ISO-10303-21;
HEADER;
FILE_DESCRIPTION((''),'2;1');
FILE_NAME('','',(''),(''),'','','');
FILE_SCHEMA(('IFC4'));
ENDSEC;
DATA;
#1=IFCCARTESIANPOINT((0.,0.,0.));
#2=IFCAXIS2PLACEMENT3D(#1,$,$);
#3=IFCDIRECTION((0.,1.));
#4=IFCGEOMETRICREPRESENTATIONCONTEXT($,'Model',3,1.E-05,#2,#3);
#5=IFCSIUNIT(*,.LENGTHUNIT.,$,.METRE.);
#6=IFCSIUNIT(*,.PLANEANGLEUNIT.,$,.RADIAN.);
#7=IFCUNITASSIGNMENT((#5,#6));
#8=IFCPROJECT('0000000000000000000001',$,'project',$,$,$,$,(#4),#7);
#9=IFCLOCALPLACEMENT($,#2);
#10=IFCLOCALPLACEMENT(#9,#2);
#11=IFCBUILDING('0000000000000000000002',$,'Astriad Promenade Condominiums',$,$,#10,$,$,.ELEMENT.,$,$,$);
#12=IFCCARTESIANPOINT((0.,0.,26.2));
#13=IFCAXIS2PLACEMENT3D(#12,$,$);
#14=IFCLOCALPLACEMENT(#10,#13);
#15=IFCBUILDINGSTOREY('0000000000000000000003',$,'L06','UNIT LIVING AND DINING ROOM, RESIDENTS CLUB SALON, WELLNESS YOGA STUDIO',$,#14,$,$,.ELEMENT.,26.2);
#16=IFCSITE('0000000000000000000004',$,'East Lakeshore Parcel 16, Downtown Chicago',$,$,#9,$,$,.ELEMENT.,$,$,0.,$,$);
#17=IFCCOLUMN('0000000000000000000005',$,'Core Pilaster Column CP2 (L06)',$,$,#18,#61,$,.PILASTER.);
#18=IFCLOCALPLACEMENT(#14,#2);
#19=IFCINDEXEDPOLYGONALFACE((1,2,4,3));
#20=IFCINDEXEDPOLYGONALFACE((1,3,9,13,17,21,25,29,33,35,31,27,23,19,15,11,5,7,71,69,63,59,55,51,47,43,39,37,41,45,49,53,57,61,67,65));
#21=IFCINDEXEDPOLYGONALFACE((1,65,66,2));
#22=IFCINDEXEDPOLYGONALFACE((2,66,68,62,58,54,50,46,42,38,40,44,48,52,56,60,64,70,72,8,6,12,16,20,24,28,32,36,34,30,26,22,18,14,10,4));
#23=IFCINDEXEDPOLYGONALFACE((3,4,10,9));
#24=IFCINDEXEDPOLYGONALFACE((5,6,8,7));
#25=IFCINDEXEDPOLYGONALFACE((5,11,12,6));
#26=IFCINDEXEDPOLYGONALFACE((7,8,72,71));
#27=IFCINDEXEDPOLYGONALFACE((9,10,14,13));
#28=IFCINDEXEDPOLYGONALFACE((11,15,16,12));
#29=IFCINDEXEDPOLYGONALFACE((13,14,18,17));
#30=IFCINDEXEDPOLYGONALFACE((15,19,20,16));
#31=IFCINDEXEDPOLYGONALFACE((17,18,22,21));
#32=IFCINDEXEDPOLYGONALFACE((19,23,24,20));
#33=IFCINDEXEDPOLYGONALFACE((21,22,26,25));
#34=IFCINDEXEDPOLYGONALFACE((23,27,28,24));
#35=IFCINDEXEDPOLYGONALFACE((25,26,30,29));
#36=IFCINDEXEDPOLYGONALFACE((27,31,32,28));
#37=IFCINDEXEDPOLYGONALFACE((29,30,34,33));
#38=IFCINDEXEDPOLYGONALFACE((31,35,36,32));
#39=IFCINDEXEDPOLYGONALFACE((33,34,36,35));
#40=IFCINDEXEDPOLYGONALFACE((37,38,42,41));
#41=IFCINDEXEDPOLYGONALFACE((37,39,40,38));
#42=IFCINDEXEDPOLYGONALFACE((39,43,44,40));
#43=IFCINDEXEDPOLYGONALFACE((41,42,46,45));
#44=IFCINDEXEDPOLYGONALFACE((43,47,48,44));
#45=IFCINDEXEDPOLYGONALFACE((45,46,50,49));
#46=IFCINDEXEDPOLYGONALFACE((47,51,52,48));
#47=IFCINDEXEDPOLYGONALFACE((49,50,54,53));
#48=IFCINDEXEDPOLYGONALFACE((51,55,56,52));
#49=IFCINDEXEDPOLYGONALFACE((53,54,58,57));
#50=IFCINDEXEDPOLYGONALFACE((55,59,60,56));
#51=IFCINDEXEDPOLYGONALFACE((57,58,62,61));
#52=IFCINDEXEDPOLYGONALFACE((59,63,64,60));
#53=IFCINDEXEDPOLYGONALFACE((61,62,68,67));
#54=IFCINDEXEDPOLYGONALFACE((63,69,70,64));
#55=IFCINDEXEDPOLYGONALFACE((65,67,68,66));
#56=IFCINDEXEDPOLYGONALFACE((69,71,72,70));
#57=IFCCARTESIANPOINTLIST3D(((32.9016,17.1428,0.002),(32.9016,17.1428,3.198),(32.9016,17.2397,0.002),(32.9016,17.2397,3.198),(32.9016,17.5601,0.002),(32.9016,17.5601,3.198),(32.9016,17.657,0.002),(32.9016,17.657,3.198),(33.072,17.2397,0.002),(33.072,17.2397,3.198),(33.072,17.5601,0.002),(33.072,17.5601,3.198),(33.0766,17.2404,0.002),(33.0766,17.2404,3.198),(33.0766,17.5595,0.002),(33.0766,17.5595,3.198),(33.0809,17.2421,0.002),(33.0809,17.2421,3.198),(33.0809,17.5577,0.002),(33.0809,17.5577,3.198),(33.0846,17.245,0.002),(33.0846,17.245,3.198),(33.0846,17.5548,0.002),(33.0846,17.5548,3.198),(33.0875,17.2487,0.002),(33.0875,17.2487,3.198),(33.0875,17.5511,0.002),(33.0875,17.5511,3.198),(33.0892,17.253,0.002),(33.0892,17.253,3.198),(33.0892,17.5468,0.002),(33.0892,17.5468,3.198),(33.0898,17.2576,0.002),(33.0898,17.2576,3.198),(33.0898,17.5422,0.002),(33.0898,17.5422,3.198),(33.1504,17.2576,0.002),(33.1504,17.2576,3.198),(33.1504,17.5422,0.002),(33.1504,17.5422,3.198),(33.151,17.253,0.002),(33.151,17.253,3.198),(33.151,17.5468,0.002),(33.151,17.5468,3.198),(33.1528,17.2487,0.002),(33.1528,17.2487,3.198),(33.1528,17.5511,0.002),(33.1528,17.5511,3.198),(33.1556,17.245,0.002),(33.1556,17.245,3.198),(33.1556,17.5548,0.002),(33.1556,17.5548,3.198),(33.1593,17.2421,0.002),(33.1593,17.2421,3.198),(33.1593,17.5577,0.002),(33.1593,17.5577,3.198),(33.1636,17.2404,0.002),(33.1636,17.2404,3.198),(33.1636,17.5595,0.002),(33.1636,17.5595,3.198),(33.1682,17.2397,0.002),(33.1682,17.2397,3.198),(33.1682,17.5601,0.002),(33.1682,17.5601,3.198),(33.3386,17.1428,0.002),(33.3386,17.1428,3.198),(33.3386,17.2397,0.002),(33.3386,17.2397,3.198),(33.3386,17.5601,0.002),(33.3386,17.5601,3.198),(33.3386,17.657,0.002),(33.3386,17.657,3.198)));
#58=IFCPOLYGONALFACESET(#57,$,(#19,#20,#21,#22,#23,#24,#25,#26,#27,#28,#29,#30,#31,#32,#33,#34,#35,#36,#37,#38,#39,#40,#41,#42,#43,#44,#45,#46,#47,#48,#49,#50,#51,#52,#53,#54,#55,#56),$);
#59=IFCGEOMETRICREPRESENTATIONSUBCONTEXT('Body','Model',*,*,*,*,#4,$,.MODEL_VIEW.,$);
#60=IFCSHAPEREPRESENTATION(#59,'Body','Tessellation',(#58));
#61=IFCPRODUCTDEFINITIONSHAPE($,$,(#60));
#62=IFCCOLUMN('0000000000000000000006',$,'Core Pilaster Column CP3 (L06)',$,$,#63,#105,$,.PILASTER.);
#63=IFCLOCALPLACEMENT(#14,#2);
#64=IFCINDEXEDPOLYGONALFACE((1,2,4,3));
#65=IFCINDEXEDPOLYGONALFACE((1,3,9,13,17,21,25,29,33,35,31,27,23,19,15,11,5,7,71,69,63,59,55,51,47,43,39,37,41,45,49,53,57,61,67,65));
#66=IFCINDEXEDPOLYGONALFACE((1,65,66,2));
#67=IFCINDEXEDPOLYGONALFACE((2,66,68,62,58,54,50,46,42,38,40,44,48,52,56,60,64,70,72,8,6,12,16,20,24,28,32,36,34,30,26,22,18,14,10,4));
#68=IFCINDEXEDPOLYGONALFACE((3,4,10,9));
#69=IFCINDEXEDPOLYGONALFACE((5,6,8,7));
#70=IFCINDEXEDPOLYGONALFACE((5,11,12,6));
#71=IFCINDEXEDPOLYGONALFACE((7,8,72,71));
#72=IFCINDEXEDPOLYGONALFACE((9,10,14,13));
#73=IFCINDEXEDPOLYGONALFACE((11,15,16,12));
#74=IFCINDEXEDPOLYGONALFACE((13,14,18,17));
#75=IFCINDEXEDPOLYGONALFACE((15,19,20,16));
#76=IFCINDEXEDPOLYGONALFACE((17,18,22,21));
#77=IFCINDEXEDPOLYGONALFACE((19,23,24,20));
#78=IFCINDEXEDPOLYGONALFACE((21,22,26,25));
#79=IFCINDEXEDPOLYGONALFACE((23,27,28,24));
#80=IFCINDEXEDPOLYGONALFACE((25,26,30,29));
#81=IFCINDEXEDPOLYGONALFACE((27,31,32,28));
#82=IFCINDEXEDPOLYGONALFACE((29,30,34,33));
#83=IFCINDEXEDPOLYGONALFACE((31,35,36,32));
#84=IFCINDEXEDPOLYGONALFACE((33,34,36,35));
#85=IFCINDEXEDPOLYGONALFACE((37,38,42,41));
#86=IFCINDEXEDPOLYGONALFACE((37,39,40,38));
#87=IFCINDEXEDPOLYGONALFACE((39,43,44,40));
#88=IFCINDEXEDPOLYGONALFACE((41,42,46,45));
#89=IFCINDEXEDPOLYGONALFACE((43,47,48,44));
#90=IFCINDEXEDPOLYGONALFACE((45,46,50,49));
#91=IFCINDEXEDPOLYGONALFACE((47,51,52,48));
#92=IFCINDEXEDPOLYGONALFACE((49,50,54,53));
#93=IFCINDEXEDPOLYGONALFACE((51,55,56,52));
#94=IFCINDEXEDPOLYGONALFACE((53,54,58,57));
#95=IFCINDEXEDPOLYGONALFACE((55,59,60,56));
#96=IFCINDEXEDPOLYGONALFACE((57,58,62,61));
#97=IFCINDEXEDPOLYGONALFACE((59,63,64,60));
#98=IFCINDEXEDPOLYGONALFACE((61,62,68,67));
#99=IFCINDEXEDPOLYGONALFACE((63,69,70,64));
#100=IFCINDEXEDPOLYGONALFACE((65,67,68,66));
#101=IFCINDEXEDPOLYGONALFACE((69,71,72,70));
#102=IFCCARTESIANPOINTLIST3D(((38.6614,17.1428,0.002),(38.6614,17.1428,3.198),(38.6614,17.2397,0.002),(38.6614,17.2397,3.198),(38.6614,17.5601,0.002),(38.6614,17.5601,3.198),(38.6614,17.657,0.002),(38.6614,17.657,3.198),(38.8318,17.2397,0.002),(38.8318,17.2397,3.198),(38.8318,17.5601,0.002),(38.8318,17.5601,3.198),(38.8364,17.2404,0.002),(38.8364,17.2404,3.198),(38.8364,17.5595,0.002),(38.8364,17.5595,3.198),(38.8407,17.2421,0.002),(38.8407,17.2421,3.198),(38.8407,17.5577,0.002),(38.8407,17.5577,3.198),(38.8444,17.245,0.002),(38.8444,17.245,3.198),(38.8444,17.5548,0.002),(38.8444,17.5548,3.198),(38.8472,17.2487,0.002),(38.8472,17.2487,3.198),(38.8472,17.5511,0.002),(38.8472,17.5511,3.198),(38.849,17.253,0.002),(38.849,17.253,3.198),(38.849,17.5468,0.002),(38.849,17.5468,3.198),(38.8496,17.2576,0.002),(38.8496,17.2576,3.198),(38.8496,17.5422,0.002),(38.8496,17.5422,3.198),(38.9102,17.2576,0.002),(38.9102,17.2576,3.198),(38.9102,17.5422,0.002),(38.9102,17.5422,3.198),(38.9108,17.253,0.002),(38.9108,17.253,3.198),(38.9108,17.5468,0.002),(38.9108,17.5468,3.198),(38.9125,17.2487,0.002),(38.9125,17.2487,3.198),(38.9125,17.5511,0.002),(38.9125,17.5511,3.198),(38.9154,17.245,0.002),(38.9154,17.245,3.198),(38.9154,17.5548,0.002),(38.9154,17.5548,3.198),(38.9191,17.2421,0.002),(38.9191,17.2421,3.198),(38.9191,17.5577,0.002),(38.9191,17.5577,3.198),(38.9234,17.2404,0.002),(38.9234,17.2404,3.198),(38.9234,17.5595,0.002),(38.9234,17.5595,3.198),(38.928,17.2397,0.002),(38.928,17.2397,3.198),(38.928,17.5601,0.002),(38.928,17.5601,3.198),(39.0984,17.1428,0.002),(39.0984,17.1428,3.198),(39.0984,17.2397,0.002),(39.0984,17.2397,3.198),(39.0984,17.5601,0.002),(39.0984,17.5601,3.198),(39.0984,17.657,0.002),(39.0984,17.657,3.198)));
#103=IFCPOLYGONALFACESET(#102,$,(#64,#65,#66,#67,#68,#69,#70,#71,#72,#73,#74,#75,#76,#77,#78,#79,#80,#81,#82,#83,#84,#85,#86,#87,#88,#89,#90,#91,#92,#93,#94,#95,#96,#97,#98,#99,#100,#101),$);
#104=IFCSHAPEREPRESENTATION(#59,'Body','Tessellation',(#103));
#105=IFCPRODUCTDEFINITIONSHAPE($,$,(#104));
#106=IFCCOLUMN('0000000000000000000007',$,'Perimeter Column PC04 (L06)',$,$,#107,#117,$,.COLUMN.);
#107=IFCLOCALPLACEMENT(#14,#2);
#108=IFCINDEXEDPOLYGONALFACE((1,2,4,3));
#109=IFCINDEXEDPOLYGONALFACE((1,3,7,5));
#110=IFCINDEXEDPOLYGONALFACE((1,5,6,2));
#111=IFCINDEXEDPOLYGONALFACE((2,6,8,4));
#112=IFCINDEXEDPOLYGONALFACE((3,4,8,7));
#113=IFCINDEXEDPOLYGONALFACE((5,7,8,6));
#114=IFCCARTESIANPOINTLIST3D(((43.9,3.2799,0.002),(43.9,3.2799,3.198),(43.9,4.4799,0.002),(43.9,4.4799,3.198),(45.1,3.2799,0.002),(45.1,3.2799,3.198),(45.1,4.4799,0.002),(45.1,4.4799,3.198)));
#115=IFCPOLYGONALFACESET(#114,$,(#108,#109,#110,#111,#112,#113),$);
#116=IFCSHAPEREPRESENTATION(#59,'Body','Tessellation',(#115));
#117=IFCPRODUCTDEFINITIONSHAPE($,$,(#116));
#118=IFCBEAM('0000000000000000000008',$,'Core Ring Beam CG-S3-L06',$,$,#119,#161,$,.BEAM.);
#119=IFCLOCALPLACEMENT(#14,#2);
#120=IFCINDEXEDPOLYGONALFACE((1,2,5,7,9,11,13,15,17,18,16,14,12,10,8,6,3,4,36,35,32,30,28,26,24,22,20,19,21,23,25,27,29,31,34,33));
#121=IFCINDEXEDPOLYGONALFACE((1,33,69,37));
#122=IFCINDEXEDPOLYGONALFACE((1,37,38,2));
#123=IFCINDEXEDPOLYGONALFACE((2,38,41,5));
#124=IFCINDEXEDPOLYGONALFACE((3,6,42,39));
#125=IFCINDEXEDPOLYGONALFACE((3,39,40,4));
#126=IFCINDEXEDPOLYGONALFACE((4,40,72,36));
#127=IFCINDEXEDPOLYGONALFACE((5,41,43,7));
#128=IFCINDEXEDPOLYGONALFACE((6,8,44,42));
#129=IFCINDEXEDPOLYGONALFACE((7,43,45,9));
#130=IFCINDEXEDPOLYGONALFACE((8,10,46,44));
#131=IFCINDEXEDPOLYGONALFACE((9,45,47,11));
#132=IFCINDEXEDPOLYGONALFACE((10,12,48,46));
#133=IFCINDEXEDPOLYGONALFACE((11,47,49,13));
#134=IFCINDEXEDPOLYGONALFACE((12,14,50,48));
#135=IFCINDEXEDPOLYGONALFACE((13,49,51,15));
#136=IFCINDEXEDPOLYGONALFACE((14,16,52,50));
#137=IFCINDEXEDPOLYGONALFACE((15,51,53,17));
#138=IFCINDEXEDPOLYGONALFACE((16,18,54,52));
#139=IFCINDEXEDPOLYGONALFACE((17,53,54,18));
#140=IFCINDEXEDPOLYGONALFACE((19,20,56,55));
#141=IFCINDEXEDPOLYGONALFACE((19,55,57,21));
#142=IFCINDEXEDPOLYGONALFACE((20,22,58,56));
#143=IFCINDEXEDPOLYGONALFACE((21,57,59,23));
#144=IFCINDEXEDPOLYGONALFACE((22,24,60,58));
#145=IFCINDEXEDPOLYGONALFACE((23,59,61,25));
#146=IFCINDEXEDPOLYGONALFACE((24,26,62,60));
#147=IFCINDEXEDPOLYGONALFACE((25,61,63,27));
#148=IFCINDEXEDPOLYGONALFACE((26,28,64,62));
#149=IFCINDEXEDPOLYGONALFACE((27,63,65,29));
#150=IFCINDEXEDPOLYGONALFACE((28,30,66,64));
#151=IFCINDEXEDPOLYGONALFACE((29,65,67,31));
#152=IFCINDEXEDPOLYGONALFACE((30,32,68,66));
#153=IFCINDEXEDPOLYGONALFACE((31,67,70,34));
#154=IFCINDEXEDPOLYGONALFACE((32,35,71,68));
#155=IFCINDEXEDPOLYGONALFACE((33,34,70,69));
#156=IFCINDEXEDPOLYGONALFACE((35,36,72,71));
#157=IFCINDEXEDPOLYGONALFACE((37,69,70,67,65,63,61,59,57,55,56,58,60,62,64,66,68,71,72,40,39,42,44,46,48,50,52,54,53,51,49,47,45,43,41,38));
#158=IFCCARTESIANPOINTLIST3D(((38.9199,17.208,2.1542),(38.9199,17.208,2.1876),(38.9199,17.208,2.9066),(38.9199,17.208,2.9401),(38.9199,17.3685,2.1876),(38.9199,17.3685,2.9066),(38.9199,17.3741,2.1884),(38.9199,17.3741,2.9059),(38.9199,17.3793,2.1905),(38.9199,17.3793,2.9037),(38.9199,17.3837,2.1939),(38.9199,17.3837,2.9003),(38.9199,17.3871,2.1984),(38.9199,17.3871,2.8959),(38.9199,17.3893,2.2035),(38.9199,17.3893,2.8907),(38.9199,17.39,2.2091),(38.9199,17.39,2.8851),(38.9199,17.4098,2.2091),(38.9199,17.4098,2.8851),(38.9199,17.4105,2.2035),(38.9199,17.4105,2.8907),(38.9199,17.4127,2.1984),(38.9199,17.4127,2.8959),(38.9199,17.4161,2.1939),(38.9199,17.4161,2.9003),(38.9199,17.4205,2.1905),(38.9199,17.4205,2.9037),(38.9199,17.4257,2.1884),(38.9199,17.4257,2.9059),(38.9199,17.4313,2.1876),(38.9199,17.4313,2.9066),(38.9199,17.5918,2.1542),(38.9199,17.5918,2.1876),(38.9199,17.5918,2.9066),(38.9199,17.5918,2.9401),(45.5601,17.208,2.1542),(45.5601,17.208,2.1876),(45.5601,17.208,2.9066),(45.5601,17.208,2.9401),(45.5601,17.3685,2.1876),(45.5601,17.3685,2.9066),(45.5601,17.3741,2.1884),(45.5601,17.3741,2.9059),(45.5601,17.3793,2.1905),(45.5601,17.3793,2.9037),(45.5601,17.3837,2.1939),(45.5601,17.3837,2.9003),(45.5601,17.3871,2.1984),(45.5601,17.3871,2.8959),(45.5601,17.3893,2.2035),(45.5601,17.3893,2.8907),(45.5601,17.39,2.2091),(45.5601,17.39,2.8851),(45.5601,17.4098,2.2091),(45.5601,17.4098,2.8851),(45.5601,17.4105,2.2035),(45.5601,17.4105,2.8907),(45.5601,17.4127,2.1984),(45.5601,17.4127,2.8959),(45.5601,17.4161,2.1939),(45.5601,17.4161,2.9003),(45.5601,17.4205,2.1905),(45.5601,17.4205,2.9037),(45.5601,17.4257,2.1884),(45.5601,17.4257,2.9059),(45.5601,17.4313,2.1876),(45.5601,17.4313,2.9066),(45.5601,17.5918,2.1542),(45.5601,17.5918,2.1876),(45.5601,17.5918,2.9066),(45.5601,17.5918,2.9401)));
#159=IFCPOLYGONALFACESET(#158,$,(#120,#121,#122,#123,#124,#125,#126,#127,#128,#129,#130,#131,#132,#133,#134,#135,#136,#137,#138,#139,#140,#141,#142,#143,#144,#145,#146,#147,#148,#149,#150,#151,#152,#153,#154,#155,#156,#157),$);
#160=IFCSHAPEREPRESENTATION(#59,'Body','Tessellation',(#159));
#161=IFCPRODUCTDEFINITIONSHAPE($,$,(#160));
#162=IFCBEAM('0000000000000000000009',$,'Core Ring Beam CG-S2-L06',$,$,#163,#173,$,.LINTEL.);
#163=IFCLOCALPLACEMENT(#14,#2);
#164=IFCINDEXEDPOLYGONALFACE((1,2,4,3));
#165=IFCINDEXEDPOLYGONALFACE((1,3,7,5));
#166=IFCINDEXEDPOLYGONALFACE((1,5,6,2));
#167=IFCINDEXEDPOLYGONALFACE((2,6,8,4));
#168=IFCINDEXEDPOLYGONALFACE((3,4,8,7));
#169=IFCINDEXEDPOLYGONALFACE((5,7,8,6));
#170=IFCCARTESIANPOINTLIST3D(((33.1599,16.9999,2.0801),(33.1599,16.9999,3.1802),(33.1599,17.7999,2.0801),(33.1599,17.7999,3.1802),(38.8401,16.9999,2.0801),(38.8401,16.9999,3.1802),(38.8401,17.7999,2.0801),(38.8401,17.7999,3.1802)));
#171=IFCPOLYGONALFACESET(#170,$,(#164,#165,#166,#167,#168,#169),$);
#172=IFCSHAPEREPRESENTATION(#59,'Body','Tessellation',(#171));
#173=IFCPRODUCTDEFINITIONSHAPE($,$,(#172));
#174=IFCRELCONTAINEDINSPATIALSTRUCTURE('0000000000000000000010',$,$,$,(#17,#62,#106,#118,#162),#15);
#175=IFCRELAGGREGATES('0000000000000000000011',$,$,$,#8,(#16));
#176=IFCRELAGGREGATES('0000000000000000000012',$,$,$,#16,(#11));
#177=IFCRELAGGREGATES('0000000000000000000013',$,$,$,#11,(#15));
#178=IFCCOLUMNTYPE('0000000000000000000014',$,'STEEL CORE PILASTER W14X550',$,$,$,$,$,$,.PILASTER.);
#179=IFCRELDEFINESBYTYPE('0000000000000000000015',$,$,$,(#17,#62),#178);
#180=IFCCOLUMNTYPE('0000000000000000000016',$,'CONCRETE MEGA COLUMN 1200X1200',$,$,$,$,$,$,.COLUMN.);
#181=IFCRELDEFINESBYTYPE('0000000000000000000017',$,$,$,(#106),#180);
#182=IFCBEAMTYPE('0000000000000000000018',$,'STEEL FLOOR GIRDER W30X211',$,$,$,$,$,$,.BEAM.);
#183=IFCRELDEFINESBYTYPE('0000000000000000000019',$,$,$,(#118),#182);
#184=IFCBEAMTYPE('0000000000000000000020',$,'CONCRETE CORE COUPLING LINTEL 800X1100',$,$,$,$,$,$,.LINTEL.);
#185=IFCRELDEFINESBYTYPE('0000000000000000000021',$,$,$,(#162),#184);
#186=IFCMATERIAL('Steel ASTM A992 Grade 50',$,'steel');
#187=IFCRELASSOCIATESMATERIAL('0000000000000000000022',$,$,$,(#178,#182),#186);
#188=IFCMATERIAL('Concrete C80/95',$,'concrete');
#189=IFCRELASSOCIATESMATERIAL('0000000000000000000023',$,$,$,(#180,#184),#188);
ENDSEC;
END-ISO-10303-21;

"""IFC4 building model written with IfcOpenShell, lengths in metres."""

from ifc_helpers import new_model, si_unit, direction, frame, origin, origin_2d, place, context, subcontext, project, spatial, rectangle, i_section, extrude, source, transform, mapped, material, material_profile, profile_set, type_object, type_shapes, element, save


model = new_model("IFC4")

# Units and contexts
model_context = context("Model", 3, precision=1e-05, world=origin(), true_north=direction((0.0, 1.0)))
body_context = subcontext(model_context, "Body", "Model", "MODEL_VIEW")
ifc_project = project(units=[si_unit("LENGTHUNIT", "METRE"), si_unit("PLANEANGLEUNIT", "RADIAN")], contexts=[model_context])

# Site, building, storey
site_placement = place(None, origin())
site = spatial("IfcSite", under=ifc_project, at=site_placement, Name="East Lakeshore Parcel 16, Downtown Chicago", CompositionType="ELEMENT", RefElevation=0.0)
building_placement = place(site_placement, origin())
building = spatial("IfcBuilding", under=site, at=building_placement, Name="Astriad Promenade Condominiums", CompositionType="ELEMENT")
storey_placement = place(building_placement, frame((0.0, 0.0, 26.2)))
storey = spatial("IfcBuildingStorey", under=building, at=storey_placement, Name="L06", Description="UNIT LIVING AND DINING ROOM, RESIDENTS CLUB SALON, WELLNESS YOGA STUDIO", CompositionType="ELEMENT", Elevation=26.2)

# Columns
ifc_material_1 = material(Name="Steel ASTM A992 Grade 50", Category="steel")
ifc_material_profile_1 = material_profile(ifc_material_1, i_section(OverallWidth=0.437, OverallDepth=0.5142, WebThickness=0.0605, FlangeThickness=0.0969, FilletRadius=0.0178, at=origin_2d()), Name="W14X550")
ifc_profile_set_1 = profile_set([ifc_material_profile_1], Name="Steel ASTM A992 Grade 50")
column_type_1 = type_object("IfcColumnType", Name="STEEL CORE PILASTER W14X550", PredefinedType="PILASTER", material=ifc_profile_set_1)
shared_shape_1 = source(origin(), body_context, "Body", "SweptSolid", [
    extrude(i_section(OverallWidth=0.437, OverallDepth=0.5142, WebThickness=0.0605, FlangeThickness=0.0969, FilletRadius=0.0178, at=origin_2d()), origin(), (0.0, 0.0, 1.0), 3.196),
])
type_shapes(column_type_1, [shared_shape_1])
for number, where, z_axis, x_axis, name in (
    (1, (33.1201, 17.3999, 0.002), (0.0, 0.0, 1.0), (1.0, 0.0, 0.0), "Core Pilaster Column CP2 (L06)"),
    (2, (38.8799, 17.3999, 0.002), (0.0, 0.0, 1.0), (1.0, 0.0, 0.0), "Core Pilaster Column CP3 (L06)"),
):
    element("IfcColumn", number, at=place(storey_placement, frame(where, z_axis=z_axis, x_axis=x_axis)), inside=storey, type_object=column_type_1, Name=name, PredefinedType="PILASTER", context=body_context, shape_type="MappedRepresentation", body=[
        mapped(shared_shape_1, transform((0.0, 0.0, 0.0), scale=1.0)),
    ])
ifc_material_2 = material(Name="Concrete C80/95", Category="concrete")
ifc_material_profile_2 = material_profile(ifc_material_2, rectangle(XDim=1.2, YDim=1.2, at=origin_2d()), Name="RC-COL-1200X1200")
ifc_profile_set_2 = profile_set([ifc_material_profile_2], Name="Concrete C80/95")
column_type_2 = type_object("IfcColumnType", Name="CONCRETE MEGA COLUMN 1200X1200", PredefinedType="COLUMN", material=ifc_profile_set_2)
shared_shape_2 = source(origin(), body_context, "Body", "SweptSolid", [
    extrude(rectangle(XDim=1.2, YDim=1.2, at=origin_2d()), origin(), (0.0, 0.0, 1.0), 3.196),
])
type_shapes(column_type_2, [shared_shape_2])
column_placement = place(storey_placement, frame((44.5, 3.8799, 0.002), z_axis=(0.0, 0.0, 1.0), x_axis=(1.0, 0.0, 0.0)))
element("IfcColumn", 3, at=column_placement, inside=storey, type_object=column_type_2, Name="Perimeter Column PC04 (L06)", PredefinedType="COLUMN", context=body_context, shape_type="MappedRepresentation", body=[
    mapped(shared_shape_2, transform((0.0, 0.0, 0.0), scale=1.0)),
])

# Beams
ifc_material_profile_3 = material_profile(ifc_material_1, i_section(OverallWidth=0.3838, OverallDepth=0.7859, WebThickness=0.0198, FlangeThickness=0.0334, FilletRadius=0.0215, at=origin_2d()), Name="W30X211")
ifc_profile_set_3 = profile_set([ifc_material_profile_3], Name="Steel ASTM A992 Grade 50")
beam_type_1 = type_object("IfcBeamType", Name="STEEL FLOOR GIRDER W30X211", PredefinedType="BEAM", material=ifc_profile_set_3)
shared_shape_3 = source(origin(), body_context, "Body", "SweptSolid", [
    extrude(i_section(OverallWidth=0.3838, OverallDepth=0.7859, WebThickness=0.0198, FlangeThickness=0.0334, FilletRadius=0.0215, at=origin_2d()), origin(), (0.0, 0.0, 1.0), 6.6401),
])
beam_1_placement = place(storey_placement, frame((38.9199, 17.3999, 2.5471), z_axis=(1.0, 0.0, 0.0), x_axis=(0.0, 1.0, 0.0)))
element("IfcBeam", 4, at=beam_1_placement, inside=storey, type_object=beam_type_1, Name="Core Ring Beam CG-S3-L06", PredefinedType="BEAM", context=body_context, shape_type="MappedRepresentation", body=[
    mapped(shared_shape_3, transform((0.0, 0.0, 0.0), scale=1.0)),
])
ifc_material_profile_4 = material_profile(ifc_material_2, rectangle(XDim=0.8, YDim=1.1001, at=origin_2d()), Name="RC-BM-800X1100")
ifc_profile_set_4 = profile_set([ifc_material_profile_4], Name="Concrete C80/95")
beam_type_2 = type_object("IfcBeamType", Name="CONCRETE CORE COUPLING LINTEL 800X1100", PredefinedType="LINTEL", material=ifc_profile_set_4)
shared_shape_4 = source(origin(), body_context, "Body", "SweptSolid", [
    extrude(rectangle(XDim=0.8, YDim=1.1001, at=origin_2d()), origin(), (0.0, 0.0, 1.0), 5.6802),
])
type_shapes(beam_type_2, [shared_shape_4])
beam_2_placement = place(storey_placement, frame((33.1599, 17.3999, 2.6301), z_axis=(1.0, 0.0, 0.0), x_axis=(0.0, 1.0, 0.0)))
element("IfcBeam", 5, at=beam_2_placement, inside=storey, type_object=beam_type_2, Name="Core Ring Beam CG-S2-L06", PredefinedType="LINTEL", context=body_context, shape_type="MappedRepresentation", body=[
    mapped(shared_shape_4, transform((0.0, 0.0, 0.0), scale=1.0)),
])

save(model, "model.ifc")
